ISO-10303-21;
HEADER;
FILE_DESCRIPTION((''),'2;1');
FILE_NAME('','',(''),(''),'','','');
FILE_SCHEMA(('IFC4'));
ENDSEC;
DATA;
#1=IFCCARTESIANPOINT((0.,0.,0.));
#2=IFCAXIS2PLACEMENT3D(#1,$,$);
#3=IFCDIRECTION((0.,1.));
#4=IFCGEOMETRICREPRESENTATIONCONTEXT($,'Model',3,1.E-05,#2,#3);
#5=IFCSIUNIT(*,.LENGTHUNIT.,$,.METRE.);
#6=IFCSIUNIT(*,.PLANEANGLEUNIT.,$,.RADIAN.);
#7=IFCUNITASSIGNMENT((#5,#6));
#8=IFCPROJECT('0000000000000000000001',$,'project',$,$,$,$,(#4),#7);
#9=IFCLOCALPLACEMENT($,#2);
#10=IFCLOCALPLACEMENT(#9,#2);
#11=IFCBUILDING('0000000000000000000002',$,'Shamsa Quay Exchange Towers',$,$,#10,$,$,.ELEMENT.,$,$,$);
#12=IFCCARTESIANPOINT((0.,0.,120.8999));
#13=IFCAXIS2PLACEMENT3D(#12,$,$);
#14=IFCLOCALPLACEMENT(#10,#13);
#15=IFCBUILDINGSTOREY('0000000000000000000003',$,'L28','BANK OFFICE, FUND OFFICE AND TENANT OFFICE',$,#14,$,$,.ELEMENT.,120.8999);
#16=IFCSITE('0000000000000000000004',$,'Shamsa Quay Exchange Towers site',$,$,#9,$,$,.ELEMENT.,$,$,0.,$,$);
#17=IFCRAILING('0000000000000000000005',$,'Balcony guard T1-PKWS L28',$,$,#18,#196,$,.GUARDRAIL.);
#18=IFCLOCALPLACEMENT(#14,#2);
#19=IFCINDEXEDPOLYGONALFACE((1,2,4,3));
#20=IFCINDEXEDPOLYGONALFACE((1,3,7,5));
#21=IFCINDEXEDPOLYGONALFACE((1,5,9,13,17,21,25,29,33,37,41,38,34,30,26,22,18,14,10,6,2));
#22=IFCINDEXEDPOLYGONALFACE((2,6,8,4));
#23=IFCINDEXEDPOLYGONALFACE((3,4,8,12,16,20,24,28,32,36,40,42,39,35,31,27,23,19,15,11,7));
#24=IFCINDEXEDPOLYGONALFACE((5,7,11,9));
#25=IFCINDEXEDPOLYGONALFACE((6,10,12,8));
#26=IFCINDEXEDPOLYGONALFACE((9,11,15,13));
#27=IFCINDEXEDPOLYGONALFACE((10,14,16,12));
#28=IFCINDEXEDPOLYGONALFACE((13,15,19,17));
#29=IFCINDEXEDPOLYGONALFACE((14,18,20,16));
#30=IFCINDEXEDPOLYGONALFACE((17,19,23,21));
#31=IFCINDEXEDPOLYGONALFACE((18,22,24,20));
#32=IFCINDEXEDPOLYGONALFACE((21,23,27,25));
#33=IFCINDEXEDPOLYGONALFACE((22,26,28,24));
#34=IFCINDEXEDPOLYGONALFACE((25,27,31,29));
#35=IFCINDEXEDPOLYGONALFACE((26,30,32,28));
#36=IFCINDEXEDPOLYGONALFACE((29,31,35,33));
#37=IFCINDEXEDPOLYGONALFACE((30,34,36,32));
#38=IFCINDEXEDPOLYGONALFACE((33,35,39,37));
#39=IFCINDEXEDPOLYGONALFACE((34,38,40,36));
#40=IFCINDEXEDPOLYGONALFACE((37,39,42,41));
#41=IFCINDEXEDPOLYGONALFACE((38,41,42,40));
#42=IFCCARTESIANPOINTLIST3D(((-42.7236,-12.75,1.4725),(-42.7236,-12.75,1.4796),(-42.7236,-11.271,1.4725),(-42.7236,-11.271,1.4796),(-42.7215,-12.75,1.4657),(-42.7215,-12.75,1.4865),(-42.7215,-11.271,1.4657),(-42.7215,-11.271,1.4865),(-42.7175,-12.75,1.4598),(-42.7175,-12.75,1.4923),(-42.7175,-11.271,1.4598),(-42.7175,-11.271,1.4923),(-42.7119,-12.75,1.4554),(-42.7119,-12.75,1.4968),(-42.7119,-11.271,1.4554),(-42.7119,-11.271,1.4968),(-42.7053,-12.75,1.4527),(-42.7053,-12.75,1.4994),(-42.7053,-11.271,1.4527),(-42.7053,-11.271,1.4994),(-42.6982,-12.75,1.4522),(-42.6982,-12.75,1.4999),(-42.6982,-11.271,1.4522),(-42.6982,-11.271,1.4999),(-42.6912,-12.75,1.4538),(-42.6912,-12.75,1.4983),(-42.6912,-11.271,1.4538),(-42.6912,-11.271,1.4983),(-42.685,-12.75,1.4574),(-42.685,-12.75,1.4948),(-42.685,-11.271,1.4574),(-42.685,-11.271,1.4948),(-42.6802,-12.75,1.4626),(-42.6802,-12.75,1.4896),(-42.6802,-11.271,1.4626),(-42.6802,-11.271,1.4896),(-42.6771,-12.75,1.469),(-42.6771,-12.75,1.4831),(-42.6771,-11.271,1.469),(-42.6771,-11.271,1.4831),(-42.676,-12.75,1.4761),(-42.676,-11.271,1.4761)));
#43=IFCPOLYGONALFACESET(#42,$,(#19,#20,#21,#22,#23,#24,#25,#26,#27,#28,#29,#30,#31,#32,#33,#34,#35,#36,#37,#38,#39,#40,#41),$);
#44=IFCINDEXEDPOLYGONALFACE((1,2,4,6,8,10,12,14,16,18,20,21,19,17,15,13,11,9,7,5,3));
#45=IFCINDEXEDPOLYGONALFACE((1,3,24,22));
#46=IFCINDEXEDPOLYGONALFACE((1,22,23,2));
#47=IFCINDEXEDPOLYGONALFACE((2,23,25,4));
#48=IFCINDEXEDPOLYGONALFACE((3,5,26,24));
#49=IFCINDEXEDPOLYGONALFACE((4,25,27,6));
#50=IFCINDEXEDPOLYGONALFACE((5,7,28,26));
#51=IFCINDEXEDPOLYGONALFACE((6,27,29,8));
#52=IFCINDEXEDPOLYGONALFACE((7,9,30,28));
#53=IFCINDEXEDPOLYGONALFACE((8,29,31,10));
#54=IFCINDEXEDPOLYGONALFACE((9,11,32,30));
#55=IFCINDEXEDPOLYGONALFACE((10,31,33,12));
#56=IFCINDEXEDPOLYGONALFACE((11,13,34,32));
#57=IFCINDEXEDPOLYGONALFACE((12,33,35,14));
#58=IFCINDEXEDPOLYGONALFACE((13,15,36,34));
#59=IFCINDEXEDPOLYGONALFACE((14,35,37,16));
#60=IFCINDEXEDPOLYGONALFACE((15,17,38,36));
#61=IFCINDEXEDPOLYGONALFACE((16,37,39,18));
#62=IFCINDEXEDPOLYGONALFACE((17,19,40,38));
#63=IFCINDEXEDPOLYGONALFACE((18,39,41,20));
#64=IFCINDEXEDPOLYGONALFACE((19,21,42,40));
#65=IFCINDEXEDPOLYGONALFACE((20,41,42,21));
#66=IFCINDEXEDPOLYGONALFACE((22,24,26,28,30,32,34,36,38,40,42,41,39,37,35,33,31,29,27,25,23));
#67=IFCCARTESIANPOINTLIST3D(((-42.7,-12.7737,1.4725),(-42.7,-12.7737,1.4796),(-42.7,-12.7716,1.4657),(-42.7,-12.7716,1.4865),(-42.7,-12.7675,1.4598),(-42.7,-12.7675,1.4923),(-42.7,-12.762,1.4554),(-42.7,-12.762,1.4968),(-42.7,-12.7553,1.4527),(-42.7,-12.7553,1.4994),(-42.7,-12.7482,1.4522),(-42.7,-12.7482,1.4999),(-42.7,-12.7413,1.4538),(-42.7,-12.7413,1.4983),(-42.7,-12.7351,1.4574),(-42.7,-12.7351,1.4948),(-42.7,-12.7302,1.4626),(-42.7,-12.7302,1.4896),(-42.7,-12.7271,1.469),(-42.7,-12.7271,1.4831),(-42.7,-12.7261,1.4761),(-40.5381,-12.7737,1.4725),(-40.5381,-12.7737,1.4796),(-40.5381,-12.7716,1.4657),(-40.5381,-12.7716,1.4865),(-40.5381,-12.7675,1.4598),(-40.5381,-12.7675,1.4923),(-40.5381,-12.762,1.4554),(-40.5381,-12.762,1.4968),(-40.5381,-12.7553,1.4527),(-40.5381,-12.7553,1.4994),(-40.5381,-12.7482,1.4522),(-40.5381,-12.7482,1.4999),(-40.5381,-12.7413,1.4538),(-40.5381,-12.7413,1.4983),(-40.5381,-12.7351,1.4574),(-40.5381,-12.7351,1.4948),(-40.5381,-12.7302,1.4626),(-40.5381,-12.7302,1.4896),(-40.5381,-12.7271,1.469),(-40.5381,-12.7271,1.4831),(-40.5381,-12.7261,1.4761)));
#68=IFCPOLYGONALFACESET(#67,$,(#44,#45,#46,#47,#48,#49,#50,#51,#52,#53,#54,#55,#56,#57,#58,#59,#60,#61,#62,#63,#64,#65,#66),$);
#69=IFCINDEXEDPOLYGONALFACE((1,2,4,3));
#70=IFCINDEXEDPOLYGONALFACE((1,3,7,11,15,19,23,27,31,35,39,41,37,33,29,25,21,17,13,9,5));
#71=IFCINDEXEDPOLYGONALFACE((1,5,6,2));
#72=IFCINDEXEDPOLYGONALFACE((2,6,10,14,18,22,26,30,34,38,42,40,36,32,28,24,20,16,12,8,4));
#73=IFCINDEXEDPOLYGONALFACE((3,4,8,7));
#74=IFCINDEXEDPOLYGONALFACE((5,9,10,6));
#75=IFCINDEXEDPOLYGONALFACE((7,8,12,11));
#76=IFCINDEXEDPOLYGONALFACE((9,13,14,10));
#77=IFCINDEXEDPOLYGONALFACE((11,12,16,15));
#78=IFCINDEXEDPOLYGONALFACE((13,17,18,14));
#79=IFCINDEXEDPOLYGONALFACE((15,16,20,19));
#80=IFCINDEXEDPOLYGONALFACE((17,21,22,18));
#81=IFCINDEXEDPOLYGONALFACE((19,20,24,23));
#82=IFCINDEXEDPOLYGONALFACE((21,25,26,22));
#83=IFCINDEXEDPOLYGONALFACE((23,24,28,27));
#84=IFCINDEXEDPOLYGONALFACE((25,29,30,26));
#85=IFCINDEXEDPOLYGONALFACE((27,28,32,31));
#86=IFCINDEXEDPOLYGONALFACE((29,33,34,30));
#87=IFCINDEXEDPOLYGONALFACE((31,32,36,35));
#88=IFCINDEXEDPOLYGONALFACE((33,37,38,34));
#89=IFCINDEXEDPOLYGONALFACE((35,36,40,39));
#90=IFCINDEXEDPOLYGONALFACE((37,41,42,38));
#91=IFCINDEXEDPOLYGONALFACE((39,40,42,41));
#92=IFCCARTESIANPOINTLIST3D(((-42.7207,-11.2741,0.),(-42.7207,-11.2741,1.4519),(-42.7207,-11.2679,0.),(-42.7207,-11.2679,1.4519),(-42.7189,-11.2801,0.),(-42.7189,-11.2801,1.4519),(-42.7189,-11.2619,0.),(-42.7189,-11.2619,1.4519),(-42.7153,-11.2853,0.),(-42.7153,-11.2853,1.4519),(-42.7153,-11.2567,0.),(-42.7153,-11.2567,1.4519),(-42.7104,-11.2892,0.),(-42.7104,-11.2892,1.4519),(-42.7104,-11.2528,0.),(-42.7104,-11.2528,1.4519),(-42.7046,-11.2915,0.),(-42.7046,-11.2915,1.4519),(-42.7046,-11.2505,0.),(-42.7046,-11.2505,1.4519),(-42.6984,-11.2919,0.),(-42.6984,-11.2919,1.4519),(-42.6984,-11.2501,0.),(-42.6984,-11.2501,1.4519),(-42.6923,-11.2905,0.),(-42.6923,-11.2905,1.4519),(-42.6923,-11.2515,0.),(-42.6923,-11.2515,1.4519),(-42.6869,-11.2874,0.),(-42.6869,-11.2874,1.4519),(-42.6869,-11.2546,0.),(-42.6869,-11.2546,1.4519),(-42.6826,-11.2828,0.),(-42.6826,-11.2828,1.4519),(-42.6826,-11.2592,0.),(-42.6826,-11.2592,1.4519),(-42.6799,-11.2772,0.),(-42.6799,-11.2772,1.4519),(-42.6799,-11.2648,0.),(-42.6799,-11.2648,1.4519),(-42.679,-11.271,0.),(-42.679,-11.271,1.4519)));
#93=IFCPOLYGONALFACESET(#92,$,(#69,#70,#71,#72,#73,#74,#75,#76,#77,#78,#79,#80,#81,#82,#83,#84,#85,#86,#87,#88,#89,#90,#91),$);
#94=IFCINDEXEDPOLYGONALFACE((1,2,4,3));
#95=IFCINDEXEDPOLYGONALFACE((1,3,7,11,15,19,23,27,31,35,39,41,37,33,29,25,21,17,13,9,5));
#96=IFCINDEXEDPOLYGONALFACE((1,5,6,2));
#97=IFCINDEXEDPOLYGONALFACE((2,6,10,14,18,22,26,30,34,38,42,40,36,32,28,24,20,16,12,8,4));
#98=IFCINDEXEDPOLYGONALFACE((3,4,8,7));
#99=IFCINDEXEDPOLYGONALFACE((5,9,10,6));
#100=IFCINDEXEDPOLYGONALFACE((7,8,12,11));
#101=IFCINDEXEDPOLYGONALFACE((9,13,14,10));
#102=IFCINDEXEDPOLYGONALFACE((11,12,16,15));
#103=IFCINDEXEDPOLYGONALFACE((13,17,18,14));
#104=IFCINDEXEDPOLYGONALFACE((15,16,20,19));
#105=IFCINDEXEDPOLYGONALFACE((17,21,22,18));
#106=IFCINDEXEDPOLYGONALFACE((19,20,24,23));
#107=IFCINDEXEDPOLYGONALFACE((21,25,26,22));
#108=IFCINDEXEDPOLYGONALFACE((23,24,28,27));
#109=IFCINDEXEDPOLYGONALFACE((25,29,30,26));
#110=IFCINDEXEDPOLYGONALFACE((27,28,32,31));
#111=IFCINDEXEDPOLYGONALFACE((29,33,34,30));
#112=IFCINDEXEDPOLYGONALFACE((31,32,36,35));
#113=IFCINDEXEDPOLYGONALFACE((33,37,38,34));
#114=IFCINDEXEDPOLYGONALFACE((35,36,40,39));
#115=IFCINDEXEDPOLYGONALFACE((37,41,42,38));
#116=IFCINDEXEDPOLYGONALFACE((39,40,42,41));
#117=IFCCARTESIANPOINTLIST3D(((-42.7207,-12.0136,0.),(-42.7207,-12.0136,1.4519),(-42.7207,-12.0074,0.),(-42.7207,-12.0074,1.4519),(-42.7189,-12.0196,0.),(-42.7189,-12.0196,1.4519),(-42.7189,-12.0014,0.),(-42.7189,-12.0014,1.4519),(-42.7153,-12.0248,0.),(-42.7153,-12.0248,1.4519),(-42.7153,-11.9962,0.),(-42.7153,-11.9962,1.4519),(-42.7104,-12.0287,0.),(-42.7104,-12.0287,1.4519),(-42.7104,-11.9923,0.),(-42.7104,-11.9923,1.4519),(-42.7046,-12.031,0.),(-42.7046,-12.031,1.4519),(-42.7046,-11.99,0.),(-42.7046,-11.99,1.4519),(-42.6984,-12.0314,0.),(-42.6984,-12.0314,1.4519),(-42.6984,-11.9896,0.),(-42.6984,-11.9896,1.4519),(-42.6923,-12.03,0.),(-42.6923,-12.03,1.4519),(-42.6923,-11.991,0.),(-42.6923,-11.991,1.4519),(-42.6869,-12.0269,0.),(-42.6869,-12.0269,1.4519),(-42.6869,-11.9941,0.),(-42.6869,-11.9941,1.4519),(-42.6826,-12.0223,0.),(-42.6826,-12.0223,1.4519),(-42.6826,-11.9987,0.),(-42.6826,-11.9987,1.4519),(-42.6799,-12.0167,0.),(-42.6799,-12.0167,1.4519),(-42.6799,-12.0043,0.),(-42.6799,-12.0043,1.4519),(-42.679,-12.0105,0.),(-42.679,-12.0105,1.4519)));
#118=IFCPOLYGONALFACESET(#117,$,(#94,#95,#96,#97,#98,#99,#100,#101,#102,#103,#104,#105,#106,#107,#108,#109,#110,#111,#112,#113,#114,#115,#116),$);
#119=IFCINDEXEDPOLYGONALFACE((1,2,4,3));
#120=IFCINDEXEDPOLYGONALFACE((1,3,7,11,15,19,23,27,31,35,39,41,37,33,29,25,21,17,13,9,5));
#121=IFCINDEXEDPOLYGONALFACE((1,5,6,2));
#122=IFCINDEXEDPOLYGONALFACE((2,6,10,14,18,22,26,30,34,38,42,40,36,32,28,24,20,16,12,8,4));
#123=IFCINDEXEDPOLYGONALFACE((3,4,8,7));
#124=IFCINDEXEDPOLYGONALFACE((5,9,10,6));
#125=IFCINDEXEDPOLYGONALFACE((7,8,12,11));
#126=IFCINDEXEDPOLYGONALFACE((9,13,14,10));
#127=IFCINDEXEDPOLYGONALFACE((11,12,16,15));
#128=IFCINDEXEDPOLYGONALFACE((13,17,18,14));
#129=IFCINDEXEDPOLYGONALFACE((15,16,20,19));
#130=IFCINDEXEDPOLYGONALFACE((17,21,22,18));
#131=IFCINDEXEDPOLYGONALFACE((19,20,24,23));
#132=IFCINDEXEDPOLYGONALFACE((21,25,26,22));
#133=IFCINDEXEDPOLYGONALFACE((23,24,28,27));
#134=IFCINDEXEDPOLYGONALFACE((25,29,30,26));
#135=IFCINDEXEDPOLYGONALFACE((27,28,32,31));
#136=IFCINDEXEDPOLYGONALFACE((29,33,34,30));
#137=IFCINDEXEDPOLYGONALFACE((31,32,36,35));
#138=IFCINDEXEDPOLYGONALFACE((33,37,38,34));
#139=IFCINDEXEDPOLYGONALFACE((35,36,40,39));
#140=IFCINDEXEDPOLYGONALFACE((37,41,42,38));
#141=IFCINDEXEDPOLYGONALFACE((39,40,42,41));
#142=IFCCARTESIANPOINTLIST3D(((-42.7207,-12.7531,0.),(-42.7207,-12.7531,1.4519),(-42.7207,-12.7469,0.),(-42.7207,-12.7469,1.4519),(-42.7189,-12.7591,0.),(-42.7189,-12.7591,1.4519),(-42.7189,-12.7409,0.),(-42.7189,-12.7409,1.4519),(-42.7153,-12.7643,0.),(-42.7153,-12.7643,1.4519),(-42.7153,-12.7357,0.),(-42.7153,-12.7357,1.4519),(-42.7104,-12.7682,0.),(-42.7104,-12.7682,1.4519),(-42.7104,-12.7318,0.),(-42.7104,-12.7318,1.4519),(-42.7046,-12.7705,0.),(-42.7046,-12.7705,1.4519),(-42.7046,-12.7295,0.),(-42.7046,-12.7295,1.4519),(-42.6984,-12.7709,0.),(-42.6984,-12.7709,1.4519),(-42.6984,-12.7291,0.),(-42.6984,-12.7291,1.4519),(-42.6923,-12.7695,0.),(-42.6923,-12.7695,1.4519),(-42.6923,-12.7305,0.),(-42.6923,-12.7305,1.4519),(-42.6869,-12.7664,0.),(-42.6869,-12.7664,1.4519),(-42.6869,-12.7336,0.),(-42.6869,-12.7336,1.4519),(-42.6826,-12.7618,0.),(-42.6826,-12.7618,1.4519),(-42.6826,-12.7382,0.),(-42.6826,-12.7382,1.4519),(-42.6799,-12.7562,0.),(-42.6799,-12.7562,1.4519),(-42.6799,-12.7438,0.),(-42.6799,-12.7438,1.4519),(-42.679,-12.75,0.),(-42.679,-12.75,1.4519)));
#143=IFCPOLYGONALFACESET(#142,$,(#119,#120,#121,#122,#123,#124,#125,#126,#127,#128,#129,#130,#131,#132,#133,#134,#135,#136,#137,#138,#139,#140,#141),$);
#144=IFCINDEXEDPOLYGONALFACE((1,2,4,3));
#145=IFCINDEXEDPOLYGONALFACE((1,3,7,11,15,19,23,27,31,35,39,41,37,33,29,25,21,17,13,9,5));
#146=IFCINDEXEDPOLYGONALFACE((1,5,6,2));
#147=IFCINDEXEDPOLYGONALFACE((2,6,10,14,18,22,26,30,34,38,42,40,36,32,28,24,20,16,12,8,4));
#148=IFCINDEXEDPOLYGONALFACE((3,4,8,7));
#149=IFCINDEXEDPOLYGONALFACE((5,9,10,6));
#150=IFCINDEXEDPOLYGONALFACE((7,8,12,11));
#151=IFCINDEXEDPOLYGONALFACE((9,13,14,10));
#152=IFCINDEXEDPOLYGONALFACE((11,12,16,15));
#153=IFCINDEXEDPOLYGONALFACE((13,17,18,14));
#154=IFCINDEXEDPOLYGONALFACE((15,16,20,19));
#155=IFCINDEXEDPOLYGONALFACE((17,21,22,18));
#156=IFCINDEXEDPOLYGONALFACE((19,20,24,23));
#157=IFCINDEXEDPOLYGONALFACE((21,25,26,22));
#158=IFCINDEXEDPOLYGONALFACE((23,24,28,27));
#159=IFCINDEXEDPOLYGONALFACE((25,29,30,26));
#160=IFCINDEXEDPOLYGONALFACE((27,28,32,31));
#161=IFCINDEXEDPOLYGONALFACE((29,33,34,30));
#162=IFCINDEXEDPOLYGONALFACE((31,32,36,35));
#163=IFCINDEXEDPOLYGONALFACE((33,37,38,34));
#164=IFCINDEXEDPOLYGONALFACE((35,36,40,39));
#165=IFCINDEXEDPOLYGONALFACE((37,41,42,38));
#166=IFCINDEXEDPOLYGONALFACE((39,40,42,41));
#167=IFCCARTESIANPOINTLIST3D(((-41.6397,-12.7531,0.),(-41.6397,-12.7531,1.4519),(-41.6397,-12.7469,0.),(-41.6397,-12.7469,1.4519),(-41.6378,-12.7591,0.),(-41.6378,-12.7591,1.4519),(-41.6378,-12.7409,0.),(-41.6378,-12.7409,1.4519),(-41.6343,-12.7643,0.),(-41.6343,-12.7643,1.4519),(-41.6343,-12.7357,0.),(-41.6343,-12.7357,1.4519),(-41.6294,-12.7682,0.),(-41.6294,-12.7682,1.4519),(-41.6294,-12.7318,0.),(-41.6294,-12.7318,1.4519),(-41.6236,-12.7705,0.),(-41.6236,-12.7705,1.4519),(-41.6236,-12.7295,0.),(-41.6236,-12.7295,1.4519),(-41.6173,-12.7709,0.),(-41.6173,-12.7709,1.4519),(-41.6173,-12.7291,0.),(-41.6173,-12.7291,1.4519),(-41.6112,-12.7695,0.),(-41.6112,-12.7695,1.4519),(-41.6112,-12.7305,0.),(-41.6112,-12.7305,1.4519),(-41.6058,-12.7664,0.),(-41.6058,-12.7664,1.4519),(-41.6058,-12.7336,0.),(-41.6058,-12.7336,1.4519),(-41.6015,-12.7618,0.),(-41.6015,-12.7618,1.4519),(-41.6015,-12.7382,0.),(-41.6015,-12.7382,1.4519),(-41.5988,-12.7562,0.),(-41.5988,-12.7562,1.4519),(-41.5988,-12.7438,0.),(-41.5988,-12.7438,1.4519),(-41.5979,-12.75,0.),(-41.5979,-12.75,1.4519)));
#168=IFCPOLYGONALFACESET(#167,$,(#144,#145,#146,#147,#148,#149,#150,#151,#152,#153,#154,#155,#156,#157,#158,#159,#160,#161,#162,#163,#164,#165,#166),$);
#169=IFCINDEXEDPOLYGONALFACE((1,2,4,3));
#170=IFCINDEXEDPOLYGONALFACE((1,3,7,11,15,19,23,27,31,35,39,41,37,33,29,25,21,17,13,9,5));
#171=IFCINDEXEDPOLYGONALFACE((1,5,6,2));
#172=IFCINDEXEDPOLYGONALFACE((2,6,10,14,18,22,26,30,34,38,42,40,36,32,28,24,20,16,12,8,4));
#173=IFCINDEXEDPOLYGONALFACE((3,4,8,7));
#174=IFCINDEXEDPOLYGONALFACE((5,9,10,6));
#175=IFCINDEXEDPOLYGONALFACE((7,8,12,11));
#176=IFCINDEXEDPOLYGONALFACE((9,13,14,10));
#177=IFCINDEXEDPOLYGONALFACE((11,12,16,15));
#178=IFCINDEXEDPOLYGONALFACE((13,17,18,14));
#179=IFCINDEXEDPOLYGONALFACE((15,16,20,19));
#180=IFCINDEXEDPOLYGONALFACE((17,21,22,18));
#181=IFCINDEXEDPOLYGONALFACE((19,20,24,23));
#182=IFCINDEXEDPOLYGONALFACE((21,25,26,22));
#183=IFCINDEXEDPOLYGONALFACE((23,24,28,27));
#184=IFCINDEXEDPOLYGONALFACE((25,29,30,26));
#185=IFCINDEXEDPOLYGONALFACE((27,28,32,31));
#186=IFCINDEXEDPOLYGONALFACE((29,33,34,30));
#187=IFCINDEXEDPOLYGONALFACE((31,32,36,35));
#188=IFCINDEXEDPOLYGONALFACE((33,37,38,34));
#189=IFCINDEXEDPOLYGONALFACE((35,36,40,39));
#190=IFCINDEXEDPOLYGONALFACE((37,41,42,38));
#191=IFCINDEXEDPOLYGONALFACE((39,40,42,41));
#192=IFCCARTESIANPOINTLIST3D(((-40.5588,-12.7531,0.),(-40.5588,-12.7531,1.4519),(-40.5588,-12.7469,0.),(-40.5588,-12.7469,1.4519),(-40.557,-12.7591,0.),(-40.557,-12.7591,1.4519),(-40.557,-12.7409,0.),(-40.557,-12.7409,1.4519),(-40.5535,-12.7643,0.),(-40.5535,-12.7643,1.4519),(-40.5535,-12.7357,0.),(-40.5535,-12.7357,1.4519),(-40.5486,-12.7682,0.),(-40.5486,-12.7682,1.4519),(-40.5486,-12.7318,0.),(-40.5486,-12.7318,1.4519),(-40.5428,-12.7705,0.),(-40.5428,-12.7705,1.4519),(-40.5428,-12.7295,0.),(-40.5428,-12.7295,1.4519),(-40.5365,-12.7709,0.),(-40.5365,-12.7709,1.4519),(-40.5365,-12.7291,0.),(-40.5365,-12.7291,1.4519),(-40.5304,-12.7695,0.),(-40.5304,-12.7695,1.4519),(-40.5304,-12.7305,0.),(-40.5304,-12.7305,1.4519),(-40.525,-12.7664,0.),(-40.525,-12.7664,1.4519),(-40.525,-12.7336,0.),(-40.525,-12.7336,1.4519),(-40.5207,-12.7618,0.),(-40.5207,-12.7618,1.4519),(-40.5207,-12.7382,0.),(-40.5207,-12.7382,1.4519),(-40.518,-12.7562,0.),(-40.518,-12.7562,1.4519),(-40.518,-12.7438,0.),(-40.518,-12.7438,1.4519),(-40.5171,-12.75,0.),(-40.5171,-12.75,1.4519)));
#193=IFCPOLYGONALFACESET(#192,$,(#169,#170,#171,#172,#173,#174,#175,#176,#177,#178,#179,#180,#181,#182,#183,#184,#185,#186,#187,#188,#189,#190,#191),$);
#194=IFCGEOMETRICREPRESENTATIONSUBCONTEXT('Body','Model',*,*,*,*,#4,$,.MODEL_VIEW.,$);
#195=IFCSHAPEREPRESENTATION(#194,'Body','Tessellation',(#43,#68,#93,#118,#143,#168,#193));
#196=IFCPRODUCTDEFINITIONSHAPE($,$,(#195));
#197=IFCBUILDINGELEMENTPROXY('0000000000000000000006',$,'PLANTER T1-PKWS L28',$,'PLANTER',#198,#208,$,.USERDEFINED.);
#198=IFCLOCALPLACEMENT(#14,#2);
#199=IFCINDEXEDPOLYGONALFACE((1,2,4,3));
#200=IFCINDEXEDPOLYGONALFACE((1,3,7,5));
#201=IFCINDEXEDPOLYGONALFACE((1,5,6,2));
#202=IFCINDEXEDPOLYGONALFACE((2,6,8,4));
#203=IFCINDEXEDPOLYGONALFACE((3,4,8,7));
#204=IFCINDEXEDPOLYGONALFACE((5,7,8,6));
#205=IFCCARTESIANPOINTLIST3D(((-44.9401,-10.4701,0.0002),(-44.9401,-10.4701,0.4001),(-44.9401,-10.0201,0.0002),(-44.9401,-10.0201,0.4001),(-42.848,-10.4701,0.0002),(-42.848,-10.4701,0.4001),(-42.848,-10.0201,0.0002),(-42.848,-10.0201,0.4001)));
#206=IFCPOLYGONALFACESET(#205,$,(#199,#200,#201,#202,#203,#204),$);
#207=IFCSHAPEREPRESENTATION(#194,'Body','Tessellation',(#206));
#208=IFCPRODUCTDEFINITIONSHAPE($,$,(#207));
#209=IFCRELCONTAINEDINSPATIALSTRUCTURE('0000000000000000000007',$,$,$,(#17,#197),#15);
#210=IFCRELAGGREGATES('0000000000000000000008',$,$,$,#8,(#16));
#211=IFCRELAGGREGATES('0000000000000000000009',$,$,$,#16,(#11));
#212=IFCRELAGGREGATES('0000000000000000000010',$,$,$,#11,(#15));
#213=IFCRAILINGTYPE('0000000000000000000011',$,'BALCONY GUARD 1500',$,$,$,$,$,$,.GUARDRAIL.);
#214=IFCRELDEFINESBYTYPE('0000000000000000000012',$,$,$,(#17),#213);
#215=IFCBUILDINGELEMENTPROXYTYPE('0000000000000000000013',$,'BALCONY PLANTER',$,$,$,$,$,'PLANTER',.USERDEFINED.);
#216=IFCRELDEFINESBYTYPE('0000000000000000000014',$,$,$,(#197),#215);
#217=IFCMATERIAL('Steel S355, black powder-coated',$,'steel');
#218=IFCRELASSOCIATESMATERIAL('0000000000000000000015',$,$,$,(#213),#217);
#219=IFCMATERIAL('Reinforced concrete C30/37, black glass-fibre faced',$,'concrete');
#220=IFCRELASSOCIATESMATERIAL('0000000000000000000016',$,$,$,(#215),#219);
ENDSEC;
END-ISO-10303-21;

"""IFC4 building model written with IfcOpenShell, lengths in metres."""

from ifc_helpers import new_model, si_unit, direction, frame, origin, origin_2d, place, context, subcontext, project, spatial, rectangle, circle, extrude, material, type_object, element, save


model = new_model("IFC4")

# Units and contexts
model_context = context("Model", 3, precision=1e-05, world=origin(), true_north=direction((0.0, 1.0)))
body_context = subcontext(model_context, "Body", "Model", "MODEL_VIEW")
ifc_project = project(units=[si_unit("LENGTHUNIT", "METRE"), si_unit("PLANEANGLEUNIT", "RADIAN")], contexts=[model_context])

# Site, building, storey
site_placement = place(None, origin())
site = spatial("IfcSite", under=ifc_project, at=site_placement, Name="Shamsa Quay Exchange Towers site", CompositionType="ELEMENT", RefElevation=0.0)
building_placement = place(site_placement, origin())
building = spatial("IfcBuilding", under=site, at=building_placement, Name="Shamsa Quay Exchange Towers", CompositionType="ELEMENT")
storey_placement = place(building_placement, frame((0.0, 0.0, 120.8999)))
storey = spatial("IfcBuildingStorey", under=building, at=storey_placement, Name="L28", Description="BANK OFFICE, FUND OFFICE AND TENANT OFFICE", CompositionType="ELEMENT", Elevation=120.8999)

# Railing
ifc_material_1 = material(Name="Steel S355, black powder-coated", Category="steel")
railing_type = type_object("IfcRailingType", Name="BALCONY GUARD 1500", PredefinedType="GUARDRAIL", material=ifc_material_1)
for number, where, name in (
    (1, (-42.7, -11.271, 0.0), "Balcony guard T1-PKWS L28"),
):
    element("IfcRailing", number, at=place(storey_placement, frame(where)), inside=storey, type_object=railing_type, Name=name, PredefinedType="GUARDRAIL", context=body_context, shape_type="SweptSolid", body=[
        extrude(circle(Radius=0.0239, at=origin_2d()), frame((0.0, 0.0, 1.4761), z_axis=(0.0, -1.0, 0.0), x_axis=(1.0, 0.0, 0.0)), (0.0, 0.0, 1.0), 1.479),
        extrude(circle(Radius=0.0239, at=origin_2d()), frame((0.0, -1.479, 1.4761), z_axis=(1.0, 0.0, 0.0), x_axis=(0.0, 1.0, 0.0)), (0.0, 0.0, 1.0), 2.1619),
        extrude(circle(Radius=0.021, at=origin_2d()), origin(), (0.0, 0.0, 1.0), 1.4519),
        extrude(circle(Radius=0.021, at=origin_2d()), frame((0.0, -0.7395, 0.0)), (0.0, 0.0, 1.0), 1.4519),
        extrude(circle(Radius=0.021, at=origin_2d()), frame((0.0, -1.479, 0.0)), (0.0, 0.0, 1.0), 1.4519),
        extrude(circle(Radius=0.021, at=origin_2d()), frame((1.0811, -1.479, 0.0)), (0.0, 0.0, 1.0), 1.4519),
        extrude(circle(Radius=0.021, at=origin_2d()), frame((2.1619, -1.479, 0.0)), (0.0, 0.0, 1.0), 1.4519),
    ])

# Building element proxy
ifc_material_2 = material(Name="Reinforced concrete C30/37, black glass-fibre faced", Category="concrete")
building_element_proxy_type = type_object("IfcBuildingElementProxyType", Name="BALCONY PLANTER", ElementType="PLANTER", PredefinedType="USERDEFINED", material=ifc_material_2)
proxy_placement = place(storey_placement, frame((-43.894, -10.2451, 0.0002)))
element("IfcBuildingElementProxy", 2, at=proxy_placement, inside=storey, type_object=building_element_proxy_type, Name="PLANTER T1-PKWS L28", ObjectType="PLANTER", PredefinedType="USERDEFINED", context=body_context, shape_type="SweptSolid", body=[
    extrude(rectangle(XDim=2.092, YDim=0.45, at=origin_2d()), origin(), (0.0, 0.0, 1.0), 0.3999),
])

save(model, "model.ifc")
